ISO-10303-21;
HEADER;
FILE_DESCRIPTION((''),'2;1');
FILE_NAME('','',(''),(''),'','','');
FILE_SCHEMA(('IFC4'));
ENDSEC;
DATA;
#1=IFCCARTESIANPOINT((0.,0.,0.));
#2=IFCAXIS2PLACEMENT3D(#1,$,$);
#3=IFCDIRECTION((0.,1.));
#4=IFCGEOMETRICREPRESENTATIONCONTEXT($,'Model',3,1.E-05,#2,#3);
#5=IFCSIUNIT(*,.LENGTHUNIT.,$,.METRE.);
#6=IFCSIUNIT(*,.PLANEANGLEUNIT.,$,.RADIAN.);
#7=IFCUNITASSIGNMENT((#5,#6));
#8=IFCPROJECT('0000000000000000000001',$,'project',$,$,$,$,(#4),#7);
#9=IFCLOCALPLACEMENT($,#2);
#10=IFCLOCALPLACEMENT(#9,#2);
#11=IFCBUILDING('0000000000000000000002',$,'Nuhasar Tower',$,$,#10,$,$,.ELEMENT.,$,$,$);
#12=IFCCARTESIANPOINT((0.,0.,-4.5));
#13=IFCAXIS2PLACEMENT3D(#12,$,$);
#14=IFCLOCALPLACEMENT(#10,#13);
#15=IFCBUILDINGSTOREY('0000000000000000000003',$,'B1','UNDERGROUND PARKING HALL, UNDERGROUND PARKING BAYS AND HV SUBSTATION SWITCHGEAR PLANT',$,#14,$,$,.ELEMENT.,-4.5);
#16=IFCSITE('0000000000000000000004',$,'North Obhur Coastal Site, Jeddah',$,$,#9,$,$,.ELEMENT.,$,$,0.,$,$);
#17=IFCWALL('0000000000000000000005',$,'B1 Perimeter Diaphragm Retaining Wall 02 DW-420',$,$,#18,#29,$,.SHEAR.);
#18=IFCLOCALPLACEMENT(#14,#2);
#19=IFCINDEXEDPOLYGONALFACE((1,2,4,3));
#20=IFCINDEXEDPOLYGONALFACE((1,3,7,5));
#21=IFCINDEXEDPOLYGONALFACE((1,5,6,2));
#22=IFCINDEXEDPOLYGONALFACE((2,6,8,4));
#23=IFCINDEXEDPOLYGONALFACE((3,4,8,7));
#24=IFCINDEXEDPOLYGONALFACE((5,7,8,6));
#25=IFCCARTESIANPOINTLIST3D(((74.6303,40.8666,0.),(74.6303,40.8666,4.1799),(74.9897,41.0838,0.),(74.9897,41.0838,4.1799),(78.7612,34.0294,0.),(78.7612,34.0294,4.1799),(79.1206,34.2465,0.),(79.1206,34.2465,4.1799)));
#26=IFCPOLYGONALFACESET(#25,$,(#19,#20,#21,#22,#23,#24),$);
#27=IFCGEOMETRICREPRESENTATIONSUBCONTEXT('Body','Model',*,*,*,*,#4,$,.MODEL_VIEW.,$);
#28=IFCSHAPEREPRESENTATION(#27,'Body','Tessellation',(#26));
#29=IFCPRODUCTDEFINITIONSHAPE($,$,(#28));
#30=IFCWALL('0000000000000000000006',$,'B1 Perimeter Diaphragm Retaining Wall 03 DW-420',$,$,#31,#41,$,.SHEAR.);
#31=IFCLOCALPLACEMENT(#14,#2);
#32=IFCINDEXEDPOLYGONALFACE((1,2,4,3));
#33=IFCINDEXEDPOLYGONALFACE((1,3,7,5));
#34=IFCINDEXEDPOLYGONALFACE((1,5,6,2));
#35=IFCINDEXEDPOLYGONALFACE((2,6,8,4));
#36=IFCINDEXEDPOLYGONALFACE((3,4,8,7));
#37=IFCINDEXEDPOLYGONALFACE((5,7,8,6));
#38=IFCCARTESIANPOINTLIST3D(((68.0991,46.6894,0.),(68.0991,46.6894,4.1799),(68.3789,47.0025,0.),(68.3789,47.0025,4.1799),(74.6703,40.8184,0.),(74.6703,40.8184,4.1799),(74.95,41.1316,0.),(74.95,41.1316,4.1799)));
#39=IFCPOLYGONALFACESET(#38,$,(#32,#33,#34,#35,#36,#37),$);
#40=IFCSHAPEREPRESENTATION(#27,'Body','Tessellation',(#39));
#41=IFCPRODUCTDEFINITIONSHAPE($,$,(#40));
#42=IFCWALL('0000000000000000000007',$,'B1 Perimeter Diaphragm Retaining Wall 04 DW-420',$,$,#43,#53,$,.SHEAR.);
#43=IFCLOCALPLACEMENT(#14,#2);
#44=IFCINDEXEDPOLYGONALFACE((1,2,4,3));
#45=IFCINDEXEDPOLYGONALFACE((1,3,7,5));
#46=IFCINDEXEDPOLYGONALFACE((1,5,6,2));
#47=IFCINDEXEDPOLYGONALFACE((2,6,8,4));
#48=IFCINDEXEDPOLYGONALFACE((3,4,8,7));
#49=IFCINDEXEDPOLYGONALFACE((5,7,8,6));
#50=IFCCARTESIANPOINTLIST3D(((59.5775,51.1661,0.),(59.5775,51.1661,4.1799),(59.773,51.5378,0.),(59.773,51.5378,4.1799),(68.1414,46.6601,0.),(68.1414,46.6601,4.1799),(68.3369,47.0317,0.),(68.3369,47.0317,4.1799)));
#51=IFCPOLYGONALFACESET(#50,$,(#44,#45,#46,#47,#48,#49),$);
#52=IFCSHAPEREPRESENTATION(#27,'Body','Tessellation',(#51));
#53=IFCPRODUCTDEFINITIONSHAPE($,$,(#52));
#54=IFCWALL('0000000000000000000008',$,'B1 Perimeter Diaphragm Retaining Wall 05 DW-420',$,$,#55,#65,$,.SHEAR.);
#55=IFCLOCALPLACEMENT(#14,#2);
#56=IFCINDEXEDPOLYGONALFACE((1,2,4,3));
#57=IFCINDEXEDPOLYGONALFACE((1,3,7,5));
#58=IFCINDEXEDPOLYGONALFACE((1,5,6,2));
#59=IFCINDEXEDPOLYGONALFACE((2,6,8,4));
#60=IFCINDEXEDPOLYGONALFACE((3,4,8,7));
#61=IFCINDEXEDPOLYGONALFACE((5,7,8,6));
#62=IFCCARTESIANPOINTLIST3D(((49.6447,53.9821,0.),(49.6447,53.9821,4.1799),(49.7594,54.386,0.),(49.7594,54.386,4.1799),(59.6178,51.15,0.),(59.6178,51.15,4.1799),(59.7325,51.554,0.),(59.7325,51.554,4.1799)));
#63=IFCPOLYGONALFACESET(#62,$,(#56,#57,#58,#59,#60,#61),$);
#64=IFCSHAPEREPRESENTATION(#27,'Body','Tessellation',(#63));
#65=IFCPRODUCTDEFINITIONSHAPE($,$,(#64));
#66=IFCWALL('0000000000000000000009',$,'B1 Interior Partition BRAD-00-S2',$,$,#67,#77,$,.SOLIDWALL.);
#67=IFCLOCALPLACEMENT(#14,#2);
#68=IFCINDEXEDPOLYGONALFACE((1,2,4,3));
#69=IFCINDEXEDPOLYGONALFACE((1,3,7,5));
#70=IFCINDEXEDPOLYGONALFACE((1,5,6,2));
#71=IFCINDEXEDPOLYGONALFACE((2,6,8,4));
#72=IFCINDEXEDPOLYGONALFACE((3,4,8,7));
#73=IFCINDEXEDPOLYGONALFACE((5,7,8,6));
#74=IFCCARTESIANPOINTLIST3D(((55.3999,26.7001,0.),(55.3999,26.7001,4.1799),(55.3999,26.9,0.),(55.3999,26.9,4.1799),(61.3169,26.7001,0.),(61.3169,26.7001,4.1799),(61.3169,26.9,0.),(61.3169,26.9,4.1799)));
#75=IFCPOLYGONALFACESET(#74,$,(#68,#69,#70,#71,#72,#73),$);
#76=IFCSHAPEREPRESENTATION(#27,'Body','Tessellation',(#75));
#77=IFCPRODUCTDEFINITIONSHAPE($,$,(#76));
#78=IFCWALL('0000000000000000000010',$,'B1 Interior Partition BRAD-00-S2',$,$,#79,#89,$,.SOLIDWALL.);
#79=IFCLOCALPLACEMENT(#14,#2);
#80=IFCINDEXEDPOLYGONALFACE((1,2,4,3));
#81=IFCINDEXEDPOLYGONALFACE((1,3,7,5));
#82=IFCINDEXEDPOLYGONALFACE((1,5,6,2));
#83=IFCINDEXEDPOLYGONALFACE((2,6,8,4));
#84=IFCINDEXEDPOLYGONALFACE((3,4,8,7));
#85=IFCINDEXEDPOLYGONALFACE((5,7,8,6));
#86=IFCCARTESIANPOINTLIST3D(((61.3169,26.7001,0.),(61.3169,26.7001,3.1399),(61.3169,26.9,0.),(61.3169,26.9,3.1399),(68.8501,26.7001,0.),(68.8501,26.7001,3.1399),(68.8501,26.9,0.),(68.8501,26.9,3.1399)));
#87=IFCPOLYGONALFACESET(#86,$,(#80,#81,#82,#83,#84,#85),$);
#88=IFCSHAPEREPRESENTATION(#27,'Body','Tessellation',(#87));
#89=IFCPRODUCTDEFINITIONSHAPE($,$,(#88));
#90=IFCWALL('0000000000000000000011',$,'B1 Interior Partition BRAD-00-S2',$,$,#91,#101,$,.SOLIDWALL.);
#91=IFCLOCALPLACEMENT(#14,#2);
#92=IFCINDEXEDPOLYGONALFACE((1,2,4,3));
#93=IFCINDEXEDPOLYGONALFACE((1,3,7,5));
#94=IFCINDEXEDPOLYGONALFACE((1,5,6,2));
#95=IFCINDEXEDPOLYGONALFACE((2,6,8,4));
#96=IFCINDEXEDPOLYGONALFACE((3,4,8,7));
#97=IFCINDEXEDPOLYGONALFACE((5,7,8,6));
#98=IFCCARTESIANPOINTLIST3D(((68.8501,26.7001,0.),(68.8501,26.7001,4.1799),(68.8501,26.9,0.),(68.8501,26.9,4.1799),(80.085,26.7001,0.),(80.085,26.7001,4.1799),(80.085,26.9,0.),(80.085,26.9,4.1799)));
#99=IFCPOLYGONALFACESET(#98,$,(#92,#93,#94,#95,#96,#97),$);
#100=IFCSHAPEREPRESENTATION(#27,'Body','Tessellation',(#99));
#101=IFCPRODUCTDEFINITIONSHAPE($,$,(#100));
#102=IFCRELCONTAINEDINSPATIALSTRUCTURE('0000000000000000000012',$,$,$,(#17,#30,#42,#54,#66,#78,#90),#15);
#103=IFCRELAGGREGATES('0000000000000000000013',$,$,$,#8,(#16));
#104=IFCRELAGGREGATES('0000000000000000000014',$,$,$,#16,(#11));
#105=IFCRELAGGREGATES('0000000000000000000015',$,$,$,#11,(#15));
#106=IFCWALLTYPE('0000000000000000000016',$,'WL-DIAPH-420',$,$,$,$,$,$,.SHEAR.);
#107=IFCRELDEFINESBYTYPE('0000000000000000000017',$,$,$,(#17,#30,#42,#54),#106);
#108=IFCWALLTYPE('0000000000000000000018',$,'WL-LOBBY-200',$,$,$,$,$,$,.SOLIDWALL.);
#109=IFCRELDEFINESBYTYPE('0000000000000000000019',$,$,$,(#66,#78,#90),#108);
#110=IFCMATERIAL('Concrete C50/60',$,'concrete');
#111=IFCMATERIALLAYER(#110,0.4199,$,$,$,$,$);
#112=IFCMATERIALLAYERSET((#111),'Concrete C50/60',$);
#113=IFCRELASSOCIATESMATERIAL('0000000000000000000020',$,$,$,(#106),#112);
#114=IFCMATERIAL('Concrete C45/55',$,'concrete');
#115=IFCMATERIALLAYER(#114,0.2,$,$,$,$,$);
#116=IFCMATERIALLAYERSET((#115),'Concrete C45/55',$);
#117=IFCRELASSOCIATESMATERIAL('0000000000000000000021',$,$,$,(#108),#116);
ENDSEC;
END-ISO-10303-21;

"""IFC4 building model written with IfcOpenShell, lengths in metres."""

from ifc_helpers import new_model, si_unit, direction, frame, frame_2d, origin, place, context, subcontext, project, spatial, rectangle, extrude, material, layer, layer_set, type_object, element, save


model = new_model("IFC4")

# Units and contexts
model_context = context("Model", 3, precision=1e-05, world=origin(), true_north=direction((0.0, 1.0)))
body_context = subcontext(model_context, "Body", "Model", "MODEL_VIEW")
ifc_project = project(units=[si_unit("LENGTHUNIT", "METRE"), si_unit("PLANEANGLEUNIT", "RADIAN")], contexts=[model_context])

# Site, building, storey
site_placement = place(None, origin())
site = spatial("IfcSite", under=ifc_project, at=site_placement, Name="North Obhur Coastal Site, Jeddah", CompositionType="ELEMENT", RefElevation=0.0)
building_placement = place(site_placement, origin())
building = spatial("IfcBuilding", under=site, at=building_placement, Name="Nuhasar Tower", CompositionType="ELEMENT")
storey_placement = place(building_placement, frame((0.0, 0.0, -4.5)))
storey = spatial("IfcBuildingStorey", under=building, at=storey_placement, Name="B1", Description="UNDERGROUND PARKING HALL, UNDERGROUND PARKING BAYS AND HV SUBSTATION SWITCHGEAR PLANT", CompositionType="ELEMENT", Elevation=-4.5)

# Shared definitions
ifc_material_1 = material(Name="Concrete C50/60", Category="concrete")

# Walls
ifc_layer_1 = layer(ifc_material_1, 0.4199)
ifc_layer_set_1 = layer_set([ifc_layer_1], Name="Concrete C50/60")
wall_type_1 = type_object("IfcWallType", Name="WL-DIAPH-420", PredefinedType="SHEAR", material=ifc_layer_set_1)
wall_1_placement = place(storey_placement, frame((78.9409, 34.1379, 0.0), z_axis=(0.0, 0.0, 1.0), x_axis=(-0.517123, 0.855911, 0.0)))
element("IfcWall", 1, at=wall_1_placement, inside=storey, type_object=wall_type_1, Name="B1 Perimeter Diaphragm Retaining Wall 02 DW-420", PredefinedType="SHEAR", context=body_context, shape_type="SweptSolid", body=[
    extrude(rectangle(XDim=7.9883, YDim=0.4199, at=frame_2d((3.9941, 0.0))), origin(), (0.0, 0.0, 1.0), 4.1799),
])
wall_2_placement = place(storey_placement, frame((74.8101, 40.9751, 0.0), z_axis=(0.0, 0.0, 1.0), x_axis=(-0.745721, 0.666259, 0.0)))
element("IfcWall", 2, at=wall_2_placement, inside=storey, type_object=wall_type_1, Name="B1 Perimeter Diaphragm Retaining Wall 03 DW-420", PredefinedType="SHEAR", context=body_context, shape_type="SweptSolid", body=[
    extrude(rectangle(XDim=8.8118, YDim=0.4199, at=frame_2d((4.4058, 0.0))), origin(), (0.0, 0.0, 1.0), 4.1799),
])
wall_3_placement = place(storey_placement, frame((68.239, 46.8459, 0.0), z_axis=(0.0, 0.0, 1.0), x_axis=(-0.884971, 0.465646, 0.0)))
element("IfcWall", 3, at=wall_3_placement, inside=storey, type_object=wall_type_1, Name="B1 Perimeter Diaphragm Retaining Wall 04 DW-420", PredefinedType="SHEAR", context=body_context, shape_type="SweptSolid", body=[
    extrude(rectangle(XDim=9.677, YDim=0.4199, at=frame_2d((4.8384, 0.0))), origin(), (0.0, 0.0, 1.0), 4.1799),
])
wall_4_placement = place(storey_placement, frame((59.675, 51.3521, 0.0), z_axis=(0.0, 0.0, 1.0), x_axis=(-0.961967, 0.273166, 0.0)))
element("IfcWall", 4, at=wall_4_placement, inside=storey, type_object=wall_type_1, Name="B1 Perimeter Diaphragm Retaining Wall 05 DW-420", PredefinedType="SHEAR", context=body_context, shape_type="SweptSolid", body=[
    extrude(rectangle(XDim=10.3674, YDim=0.4199, at=frame_2d((5.1836, 0.0))), origin(), (0.0, 0.0, 1.0), 4.1799),
])
ifc_material_2 = material(Name="Concrete C45/55", Category="concrete")
ifc_layer_2 = layer(ifc_material_2, 0.2)
ifc_layer_set_2 = layer_set([ifc_layer_2], Name="Concrete C45/55")
wall_type_2 = type_object("IfcWallType", Name="WL-LOBBY-200", PredefinedType="SOLIDWALL", material=ifc_layer_set_2)
wall_5_placement = place(storey_placement, frame((55.3999, 26.8, 0.0), z_axis=(0.0, 0.0, 1.0), x_axis=(1.0, 0.0, 0.0)))
element("IfcWall", 5, at=wall_5_placement, inside=storey, type_object=wall_type_2, Name="B1 Interior Partition BRAD-00-S2", PredefinedType="SOLIDWALL", context=body_context, shape_type="SweptSolid", body=[
    extrude(rectangle(XDim=5.917, YDim=0.2, at=frame_2d((2.9585, 0.0))), origin(), (0.0, 0.0, 1.0), 4.1799),
])
wall_6_placement = place(storey_placement, frame((61.3169, 26.8, 0.0), z_axis=(0.0, 0.0, 1.0), x_axis=(1.0, 0.0, 0.0)))
element("IfcWall", 6, at=wall_6_placement, inside=storey, type_object=wall_type_2, Name="B1 Interior Partition BRAD-00-S2", PredefinedType="SOLIDWALL", context=body_context, shape_type="SweptSolid", body=[
    extrude(rectangle(XDim=7.5332, YDim=0.2, at=frame_2d((3.7666, 0.0))), origin(), (0.0, 0.0, 1.0), 3.1399),
])
wall_7_placement = place(storey_placement, frame((68.8501, 26.8, 0.0), z_axis=(0.0, 0.0, 1.0), x_axis=(1.0, 0.0, 0.0)))
element("IfcWall", 7, at=wall_7_placement, inside=storey, type_object=wall_type_2, Name="B1 Interior Partition BRAD-00-S2", PredefinedType="SOLIDWALL", context=body_context, shape_type="SweptSolid", body=[
    extrude(rectangle(XDim=11.2349, YDim=0.2, at=frame_2d((5.6174, 0.0))), origin(), (0.0, 0.0, 1.0), 4.1799),
])

save(model, "model.ifc")
